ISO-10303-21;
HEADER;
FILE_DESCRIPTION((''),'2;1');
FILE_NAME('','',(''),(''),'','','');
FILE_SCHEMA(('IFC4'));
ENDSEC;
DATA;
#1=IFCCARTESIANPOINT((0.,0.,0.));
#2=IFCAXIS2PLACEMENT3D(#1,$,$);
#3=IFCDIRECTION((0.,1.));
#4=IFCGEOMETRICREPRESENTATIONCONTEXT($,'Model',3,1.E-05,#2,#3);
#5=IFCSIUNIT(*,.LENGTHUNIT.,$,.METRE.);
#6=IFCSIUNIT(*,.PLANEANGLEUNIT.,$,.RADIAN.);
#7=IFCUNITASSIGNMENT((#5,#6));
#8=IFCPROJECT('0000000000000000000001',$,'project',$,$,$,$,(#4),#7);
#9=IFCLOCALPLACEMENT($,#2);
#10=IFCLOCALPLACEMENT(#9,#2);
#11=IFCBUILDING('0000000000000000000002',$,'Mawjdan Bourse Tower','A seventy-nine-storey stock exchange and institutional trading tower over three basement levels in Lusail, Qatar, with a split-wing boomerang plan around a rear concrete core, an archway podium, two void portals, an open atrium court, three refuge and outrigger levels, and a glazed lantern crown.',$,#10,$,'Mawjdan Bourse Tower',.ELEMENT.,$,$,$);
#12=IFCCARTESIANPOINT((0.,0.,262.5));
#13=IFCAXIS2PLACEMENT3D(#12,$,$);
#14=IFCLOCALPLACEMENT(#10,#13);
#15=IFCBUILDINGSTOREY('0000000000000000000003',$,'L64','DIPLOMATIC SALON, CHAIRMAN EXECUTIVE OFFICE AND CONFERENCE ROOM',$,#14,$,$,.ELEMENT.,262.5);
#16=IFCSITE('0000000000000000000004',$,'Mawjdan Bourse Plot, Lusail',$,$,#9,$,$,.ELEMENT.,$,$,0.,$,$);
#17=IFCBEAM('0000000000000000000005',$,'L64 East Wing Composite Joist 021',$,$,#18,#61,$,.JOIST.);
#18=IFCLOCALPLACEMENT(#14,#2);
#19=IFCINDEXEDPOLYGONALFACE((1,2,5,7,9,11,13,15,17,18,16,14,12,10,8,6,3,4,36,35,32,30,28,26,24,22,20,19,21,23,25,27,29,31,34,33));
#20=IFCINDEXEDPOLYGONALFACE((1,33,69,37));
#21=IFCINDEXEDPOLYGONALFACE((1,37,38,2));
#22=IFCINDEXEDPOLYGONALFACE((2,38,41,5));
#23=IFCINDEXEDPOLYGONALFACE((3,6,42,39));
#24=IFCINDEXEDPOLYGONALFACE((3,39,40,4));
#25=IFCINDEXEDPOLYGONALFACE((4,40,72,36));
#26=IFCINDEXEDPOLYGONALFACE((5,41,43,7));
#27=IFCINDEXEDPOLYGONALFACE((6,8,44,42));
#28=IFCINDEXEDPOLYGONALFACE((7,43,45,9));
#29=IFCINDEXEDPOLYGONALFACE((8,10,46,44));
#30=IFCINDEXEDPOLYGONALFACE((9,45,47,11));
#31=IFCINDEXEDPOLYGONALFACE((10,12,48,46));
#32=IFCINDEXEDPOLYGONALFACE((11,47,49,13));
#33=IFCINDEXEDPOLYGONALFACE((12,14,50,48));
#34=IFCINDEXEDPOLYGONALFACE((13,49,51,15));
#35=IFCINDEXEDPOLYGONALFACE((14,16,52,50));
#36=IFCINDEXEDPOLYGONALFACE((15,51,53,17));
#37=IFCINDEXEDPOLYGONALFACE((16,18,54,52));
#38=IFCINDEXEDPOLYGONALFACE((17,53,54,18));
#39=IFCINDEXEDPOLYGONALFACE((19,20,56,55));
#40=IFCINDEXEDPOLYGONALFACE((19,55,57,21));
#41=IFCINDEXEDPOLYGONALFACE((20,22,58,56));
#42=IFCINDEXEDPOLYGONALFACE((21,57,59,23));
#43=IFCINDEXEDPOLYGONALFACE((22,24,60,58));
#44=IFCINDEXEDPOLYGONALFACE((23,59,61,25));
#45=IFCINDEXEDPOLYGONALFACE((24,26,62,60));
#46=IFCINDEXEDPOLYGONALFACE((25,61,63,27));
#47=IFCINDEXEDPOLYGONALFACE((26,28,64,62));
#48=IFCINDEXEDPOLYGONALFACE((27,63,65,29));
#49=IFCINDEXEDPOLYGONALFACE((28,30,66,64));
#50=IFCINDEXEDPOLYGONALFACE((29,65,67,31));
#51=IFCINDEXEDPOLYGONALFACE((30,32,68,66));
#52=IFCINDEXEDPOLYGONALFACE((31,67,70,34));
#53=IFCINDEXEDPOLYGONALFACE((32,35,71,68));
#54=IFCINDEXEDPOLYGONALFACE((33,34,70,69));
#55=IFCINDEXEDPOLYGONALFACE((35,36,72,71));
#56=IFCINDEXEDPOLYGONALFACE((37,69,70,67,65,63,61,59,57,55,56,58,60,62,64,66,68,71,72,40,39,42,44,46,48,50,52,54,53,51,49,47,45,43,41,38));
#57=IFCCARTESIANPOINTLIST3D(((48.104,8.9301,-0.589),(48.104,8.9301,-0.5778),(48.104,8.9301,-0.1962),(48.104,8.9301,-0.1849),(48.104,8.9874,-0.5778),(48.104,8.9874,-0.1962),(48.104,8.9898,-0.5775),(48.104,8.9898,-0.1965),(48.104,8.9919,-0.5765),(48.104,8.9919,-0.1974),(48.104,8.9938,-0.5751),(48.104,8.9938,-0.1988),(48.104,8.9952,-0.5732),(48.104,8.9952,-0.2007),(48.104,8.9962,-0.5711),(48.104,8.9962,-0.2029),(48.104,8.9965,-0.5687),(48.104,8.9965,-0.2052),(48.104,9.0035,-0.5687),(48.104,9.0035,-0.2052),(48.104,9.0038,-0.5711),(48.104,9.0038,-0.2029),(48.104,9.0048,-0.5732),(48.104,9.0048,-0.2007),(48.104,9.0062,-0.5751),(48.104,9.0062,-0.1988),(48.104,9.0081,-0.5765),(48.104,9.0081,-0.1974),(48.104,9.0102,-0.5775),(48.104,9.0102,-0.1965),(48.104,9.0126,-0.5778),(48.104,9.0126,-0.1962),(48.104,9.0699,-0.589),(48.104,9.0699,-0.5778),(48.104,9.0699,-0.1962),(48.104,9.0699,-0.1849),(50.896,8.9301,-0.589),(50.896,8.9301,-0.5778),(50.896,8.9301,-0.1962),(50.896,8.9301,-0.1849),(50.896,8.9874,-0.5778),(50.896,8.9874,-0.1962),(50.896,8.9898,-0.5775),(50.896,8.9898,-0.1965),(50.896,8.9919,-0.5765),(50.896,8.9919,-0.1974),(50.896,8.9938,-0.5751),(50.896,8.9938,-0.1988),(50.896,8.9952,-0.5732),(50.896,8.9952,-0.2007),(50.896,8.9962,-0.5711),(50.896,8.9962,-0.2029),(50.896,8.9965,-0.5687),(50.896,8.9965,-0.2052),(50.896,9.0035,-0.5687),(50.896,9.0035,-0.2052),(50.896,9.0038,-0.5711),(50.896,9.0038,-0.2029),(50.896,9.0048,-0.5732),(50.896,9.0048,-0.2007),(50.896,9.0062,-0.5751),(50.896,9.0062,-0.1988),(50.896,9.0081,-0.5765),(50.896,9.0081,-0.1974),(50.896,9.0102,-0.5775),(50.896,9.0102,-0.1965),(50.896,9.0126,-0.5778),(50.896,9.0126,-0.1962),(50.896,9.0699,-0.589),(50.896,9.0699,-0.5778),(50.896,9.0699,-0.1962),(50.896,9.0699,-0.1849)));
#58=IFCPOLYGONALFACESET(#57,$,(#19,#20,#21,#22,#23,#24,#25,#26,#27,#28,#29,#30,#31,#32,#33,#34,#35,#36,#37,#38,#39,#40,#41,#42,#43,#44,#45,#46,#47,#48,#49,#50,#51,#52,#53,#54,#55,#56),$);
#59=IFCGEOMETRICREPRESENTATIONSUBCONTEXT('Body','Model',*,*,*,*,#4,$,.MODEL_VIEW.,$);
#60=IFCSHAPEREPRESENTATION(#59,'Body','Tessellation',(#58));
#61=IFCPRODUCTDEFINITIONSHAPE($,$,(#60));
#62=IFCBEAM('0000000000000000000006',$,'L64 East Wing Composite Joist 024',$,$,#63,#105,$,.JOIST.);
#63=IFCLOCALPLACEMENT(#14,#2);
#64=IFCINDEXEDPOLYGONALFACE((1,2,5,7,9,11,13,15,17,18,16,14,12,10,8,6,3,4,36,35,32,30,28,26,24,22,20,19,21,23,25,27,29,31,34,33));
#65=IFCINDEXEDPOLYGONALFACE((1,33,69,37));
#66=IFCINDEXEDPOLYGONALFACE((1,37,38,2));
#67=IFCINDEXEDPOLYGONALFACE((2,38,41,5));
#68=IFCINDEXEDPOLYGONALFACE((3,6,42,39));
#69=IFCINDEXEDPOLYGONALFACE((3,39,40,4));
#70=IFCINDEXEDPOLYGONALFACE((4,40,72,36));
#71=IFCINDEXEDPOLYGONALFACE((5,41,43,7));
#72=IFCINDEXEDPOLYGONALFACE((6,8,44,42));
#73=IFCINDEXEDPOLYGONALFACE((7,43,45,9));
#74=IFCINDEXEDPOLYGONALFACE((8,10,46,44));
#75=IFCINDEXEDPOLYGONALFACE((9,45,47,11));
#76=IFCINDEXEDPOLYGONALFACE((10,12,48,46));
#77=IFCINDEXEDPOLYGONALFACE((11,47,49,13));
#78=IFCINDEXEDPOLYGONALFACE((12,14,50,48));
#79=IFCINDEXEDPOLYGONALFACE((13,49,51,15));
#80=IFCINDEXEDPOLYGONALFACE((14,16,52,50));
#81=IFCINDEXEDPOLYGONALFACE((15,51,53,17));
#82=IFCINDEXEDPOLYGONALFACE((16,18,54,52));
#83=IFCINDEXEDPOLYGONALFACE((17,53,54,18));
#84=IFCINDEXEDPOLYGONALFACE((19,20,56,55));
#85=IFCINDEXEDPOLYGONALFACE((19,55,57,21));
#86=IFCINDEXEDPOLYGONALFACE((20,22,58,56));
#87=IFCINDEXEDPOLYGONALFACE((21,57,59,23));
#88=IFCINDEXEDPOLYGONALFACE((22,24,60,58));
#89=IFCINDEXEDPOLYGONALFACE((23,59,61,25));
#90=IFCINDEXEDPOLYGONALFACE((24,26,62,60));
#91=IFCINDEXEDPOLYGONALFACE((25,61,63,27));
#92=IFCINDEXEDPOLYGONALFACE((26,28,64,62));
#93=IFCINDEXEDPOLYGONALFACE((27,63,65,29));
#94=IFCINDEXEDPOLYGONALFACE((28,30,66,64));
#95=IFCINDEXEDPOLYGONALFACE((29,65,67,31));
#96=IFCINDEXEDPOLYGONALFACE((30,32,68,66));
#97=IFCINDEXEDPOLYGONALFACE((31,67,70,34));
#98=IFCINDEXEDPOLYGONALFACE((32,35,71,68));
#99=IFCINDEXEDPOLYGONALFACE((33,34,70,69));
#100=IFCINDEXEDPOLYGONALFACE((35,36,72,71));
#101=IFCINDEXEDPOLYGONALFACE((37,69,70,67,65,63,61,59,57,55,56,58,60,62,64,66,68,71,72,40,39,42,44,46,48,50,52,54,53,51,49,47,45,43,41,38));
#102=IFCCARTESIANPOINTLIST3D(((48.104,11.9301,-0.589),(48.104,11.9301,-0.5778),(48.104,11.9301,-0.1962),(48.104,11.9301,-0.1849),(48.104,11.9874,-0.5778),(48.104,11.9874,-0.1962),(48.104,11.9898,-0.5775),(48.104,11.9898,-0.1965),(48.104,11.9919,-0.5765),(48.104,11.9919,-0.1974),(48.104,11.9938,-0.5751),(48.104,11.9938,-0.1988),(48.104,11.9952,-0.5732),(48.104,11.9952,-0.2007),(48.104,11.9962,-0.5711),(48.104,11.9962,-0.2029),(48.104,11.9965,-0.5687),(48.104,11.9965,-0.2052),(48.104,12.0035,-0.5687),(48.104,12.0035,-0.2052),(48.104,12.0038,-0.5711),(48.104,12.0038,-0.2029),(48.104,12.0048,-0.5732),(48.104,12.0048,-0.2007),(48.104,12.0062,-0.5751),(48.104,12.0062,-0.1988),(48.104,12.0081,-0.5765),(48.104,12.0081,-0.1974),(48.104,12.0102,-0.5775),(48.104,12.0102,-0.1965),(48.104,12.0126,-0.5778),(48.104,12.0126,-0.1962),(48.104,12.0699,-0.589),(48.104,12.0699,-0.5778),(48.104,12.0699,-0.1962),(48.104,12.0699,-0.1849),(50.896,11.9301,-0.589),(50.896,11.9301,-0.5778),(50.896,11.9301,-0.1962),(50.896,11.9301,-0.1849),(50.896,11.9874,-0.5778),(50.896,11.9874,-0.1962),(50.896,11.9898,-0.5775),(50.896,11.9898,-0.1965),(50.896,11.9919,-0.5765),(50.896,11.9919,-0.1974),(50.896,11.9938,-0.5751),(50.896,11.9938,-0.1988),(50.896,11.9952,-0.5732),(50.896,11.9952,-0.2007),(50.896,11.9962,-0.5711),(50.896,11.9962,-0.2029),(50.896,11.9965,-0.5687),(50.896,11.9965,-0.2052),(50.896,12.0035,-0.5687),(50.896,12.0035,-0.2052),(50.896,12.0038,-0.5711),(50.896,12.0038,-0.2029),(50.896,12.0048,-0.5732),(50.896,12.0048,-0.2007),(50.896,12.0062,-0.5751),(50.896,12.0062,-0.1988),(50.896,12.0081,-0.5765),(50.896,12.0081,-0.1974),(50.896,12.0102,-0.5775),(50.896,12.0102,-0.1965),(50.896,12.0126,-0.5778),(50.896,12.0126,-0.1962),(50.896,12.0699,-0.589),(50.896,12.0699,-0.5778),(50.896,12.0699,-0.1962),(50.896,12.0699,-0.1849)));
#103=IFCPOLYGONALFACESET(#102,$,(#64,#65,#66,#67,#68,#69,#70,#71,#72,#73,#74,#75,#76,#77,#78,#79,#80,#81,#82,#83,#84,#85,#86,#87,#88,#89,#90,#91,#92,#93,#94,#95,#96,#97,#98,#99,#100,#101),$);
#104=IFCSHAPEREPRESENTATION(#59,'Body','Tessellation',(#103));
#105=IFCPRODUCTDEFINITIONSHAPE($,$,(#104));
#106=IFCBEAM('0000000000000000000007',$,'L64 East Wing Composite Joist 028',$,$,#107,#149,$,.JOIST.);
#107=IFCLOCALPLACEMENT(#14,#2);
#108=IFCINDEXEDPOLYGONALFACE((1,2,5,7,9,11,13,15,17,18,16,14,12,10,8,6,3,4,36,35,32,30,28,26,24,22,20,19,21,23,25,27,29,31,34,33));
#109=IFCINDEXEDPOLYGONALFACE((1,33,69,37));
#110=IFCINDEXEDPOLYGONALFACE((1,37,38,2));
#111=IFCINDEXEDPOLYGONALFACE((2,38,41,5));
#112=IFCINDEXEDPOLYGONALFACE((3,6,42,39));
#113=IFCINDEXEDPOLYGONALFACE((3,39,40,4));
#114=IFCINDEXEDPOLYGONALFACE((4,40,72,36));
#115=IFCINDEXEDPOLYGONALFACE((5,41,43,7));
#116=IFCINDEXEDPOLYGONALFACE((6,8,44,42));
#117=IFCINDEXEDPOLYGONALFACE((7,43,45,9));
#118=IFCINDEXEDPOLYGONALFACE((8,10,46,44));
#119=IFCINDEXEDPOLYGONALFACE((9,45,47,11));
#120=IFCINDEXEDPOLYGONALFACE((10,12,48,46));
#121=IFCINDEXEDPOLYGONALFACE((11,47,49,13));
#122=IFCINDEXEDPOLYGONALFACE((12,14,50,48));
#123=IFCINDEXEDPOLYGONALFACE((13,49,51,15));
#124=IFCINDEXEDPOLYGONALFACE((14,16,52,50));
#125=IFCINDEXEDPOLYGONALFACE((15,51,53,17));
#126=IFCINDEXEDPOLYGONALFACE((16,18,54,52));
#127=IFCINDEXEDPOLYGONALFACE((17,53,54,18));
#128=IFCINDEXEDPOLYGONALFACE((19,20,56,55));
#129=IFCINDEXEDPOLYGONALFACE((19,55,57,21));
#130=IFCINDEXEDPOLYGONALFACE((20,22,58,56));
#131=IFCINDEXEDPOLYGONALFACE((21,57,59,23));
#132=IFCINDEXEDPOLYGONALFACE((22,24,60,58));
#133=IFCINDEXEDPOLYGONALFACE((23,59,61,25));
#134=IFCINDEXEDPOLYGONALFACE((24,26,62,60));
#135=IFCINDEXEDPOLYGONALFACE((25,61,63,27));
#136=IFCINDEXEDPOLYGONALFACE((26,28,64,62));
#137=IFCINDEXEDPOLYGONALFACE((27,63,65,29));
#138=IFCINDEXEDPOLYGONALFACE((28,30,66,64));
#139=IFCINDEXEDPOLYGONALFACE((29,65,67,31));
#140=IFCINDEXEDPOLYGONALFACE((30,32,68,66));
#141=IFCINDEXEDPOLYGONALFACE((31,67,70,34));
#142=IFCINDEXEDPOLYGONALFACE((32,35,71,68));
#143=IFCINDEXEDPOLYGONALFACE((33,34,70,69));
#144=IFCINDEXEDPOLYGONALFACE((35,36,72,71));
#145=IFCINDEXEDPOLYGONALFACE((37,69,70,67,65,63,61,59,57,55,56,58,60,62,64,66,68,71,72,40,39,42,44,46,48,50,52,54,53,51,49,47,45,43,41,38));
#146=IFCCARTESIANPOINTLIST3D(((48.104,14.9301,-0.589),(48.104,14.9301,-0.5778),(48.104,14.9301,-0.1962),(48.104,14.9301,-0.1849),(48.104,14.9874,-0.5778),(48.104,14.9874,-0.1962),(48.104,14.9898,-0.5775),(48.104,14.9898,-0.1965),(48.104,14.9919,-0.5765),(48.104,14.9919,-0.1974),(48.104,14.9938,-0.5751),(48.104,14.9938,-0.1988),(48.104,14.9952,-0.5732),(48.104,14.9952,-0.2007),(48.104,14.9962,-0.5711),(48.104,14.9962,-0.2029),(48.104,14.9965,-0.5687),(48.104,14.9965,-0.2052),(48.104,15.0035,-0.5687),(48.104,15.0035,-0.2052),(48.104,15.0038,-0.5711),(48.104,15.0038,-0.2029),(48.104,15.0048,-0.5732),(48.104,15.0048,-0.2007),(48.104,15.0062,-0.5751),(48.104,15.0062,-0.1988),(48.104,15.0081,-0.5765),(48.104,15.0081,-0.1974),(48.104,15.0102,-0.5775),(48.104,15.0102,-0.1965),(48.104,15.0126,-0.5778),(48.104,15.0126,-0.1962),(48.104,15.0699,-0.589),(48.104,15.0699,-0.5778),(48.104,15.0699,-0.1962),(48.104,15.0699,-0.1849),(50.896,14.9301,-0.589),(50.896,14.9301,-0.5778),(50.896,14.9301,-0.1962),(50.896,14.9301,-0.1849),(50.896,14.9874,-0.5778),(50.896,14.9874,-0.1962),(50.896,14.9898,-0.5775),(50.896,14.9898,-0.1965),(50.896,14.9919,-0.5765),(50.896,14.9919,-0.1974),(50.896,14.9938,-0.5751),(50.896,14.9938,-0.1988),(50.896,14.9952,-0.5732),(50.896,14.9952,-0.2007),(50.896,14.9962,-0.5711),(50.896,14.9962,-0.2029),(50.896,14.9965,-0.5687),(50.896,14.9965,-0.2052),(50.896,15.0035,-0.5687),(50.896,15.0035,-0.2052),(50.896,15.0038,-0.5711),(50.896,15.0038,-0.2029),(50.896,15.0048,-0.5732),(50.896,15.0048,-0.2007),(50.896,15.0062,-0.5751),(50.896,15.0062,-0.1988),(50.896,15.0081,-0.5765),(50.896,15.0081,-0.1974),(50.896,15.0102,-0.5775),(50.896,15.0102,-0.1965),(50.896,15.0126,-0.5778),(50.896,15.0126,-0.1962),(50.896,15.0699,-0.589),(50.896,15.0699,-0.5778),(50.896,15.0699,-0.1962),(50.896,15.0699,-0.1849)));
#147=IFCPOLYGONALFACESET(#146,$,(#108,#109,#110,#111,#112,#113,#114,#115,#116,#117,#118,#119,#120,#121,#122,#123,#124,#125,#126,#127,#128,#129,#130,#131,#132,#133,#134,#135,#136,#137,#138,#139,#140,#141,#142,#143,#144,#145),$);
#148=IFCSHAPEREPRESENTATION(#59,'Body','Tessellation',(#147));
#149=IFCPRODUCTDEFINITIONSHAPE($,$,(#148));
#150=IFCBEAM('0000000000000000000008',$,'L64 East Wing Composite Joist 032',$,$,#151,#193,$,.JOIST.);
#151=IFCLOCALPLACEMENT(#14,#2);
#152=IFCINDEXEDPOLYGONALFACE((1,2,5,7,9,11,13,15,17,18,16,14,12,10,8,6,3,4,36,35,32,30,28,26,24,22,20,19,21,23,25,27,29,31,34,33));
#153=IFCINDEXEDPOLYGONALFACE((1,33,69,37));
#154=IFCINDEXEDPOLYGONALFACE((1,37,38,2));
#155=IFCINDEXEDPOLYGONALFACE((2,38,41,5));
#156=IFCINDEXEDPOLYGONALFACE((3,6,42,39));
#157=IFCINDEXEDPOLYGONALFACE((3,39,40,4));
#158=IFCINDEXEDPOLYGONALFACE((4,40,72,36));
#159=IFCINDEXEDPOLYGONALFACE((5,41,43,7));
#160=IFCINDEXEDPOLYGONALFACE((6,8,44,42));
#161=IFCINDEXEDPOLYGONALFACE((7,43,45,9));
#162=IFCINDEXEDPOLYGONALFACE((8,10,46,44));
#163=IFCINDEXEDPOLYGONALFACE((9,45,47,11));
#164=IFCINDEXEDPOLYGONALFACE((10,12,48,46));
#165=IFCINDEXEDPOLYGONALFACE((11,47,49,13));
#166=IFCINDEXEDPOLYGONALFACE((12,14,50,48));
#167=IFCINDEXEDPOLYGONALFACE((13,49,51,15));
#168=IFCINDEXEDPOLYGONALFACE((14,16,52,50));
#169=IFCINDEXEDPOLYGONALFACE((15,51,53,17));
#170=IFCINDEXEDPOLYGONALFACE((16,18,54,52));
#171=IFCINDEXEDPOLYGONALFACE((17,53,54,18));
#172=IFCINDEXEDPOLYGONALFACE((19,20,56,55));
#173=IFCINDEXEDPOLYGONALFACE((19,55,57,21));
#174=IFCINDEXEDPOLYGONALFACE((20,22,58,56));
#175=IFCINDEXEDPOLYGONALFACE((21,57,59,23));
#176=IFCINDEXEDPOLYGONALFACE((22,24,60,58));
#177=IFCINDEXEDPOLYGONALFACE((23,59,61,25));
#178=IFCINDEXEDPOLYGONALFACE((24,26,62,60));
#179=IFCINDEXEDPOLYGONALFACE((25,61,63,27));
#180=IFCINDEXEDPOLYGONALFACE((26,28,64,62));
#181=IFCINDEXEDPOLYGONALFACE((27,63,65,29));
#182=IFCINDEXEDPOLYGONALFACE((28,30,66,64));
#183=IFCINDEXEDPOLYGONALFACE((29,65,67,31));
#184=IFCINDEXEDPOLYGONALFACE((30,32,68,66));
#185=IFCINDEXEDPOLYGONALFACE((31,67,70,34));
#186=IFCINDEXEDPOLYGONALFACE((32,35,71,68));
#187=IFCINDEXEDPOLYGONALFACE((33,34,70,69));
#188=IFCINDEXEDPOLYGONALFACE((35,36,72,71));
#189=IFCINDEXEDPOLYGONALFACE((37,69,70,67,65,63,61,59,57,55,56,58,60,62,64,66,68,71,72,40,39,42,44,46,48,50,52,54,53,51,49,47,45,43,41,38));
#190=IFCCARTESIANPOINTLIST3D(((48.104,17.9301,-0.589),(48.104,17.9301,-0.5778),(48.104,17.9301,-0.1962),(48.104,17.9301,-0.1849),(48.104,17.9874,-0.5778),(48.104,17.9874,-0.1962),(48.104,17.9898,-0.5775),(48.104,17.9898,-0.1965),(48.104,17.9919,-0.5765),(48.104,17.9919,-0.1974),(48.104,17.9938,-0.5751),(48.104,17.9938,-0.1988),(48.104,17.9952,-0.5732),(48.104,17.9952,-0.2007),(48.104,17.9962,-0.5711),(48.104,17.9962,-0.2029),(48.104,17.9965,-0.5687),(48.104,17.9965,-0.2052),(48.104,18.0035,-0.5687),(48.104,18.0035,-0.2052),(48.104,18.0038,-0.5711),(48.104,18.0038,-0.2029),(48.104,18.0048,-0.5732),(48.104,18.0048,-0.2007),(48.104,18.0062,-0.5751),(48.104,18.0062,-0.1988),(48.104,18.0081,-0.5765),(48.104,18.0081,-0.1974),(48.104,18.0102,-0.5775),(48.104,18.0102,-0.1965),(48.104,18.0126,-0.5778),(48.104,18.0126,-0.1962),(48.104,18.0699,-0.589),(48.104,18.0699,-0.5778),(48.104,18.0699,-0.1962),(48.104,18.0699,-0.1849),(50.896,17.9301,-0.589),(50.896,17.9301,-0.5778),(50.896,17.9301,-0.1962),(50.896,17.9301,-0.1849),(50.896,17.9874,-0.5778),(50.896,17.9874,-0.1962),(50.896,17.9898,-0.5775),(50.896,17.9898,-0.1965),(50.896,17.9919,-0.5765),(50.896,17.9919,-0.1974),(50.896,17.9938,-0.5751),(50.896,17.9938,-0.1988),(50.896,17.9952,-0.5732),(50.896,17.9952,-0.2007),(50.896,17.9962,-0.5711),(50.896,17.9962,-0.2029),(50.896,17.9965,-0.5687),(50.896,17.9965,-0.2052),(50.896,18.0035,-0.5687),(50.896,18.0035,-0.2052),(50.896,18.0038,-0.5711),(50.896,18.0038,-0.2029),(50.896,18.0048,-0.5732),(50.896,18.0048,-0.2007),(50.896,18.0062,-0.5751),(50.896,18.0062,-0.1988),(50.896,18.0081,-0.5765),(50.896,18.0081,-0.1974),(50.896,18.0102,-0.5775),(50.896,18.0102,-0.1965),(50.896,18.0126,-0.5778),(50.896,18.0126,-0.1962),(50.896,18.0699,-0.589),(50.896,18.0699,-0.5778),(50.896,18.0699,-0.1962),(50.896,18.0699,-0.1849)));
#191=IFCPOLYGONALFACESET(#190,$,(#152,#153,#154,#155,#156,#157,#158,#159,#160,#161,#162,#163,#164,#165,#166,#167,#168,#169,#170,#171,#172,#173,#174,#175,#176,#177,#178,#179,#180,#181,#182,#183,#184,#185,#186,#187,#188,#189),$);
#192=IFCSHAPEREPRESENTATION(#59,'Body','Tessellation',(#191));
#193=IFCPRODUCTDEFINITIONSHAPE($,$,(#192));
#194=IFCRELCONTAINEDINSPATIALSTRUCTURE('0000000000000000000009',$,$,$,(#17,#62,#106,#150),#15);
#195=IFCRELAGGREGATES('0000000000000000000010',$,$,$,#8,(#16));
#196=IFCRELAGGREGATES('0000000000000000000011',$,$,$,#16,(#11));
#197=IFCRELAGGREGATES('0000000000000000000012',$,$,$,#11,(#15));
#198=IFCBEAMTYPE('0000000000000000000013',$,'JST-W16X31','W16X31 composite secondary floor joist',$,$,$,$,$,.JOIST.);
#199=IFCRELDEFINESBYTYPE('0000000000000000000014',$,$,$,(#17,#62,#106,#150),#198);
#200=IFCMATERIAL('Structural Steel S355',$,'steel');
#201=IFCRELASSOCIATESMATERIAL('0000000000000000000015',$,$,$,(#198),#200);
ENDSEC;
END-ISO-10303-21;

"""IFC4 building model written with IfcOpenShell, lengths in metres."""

from ifc_helpers import new_model, si_unit, direction, frame, origin, origin_2d, place, context, subcontext, project, spatial, i_section, extrude, material, material_profile, profile_set, type_object, element, save


model = new_model("IFC4")

# Units and contexts
model_context = context("Model", 3, precision=1e-05, world=origin(), true_north=direction((0.0, 1.0)))
body_context = subcontext(model_context, "Body", "Model", "MODEL_VIEW")
ifc_project = project(units=[si_unit("LENGTHUNIT", "METRE"), si_unit("PLANEANGLEUNIT", "RADIAN")], contexts=[model_context])

# Site, building, storey
site_placement = place(None, origin())
site = spatial("IfcSite", under=ifc_project, at=site_placement, Name="Mawjdan Bourse Plot, Lusail", CompositionType="ELEMENT", RefElevation=0.0)
building_placement = place(site_placement, origin())
building = spatial("IfcBuilding", under=site, at=building_placement, Name="Mawjdan Bourse Tower", Description="A seventy-nine-storey stock exchange and institutional trading tower over three basement levels in Lusail, Qatar, with a split-wing boomerang plan around a rear concrete core, an archway podium, two void portals, an open atrium court, three refuge and outrigger levels, and a glazed lantern crown.", LongName="Mawjdan Bourse Tower", CompositionType="ELEMENT")
storey_placement = place(building_placement, frame((0.0, 0.0, 262.5)))
storey = spatial("IfcBuildingStorey", under=building, at=storey_placement, Name="L64", Description="DIPLOMATIC SALON, CHAIRMAN EXECUTIVE OFFICE AND CONFERENCE ROOM", CompositionType="ELEMENT", Elevation=262.5)

# Beams
ifc_material_1 = material(Name="Structural Steel S355", Category="steel")
ifc_material_profile_1 = material_profile(ifc_material_1, i_section(OverallWidth=0.1399, OverallDepth=0.4041, WebThickness=0.0071, FlangeThickness=0.0112, FilletRadius=0.009, at=origin_2d()), Name="W16X31")
ifc_profile_set_1 = profile_set([ifc_material_profile_1], Name="Structural Steel S355")
beam_type_1 = type_object("IfcBeamType", Name="JST-W16X31", Description="W16X31 composite secondary floor joist", PredefinedType="JOIST", material=ifc_profile_set_1)
for number, where, z_axis, x_axis, name in (
    (1, (48.104, 9.0, -0.387), (1.0, 0.0, 0.0), (0.0, 1.0, 0.0), "L64 East Wing Composite Joist 021"),
    (2, (48.104, 12.0, -0.387), (1.0, 0.0, 0.0), (0.0, 1.0, 0.0), "L64 East Wing Composite Joist 024"),
    (3, (48.104, 15.0, -0.387), (1.0, 0.0, 0.0), (0.0, 1.0, 0.0), "L64 East Wing Composite Joist 028"),
    (4, (48.104, 18.0, -0.387), (1.0, 0.0, 0.0), (0.0, 1.0, 0.0), "L64 East Wing Composite Joist 032"),
):
    element("IfcBeam", number, at=place(storey_placement, frame(where, z_axis=z_axis, x_axis=x_axis)), inside=storey, type_object=beam_type_1, Name=name, PredefinedType="JOIST", context=body_context, shape_type="SweptSolid", body=[
        extrude(i_section(OverallWidth=0.1399, OverallDepth=0.4041, WebThickness=0.0071, FlangeThickness=0.0112, FilletRadius=0.009, at=origin_2d()), origin(), (0.0, 0.0, 1.0), 2.792),
    ])

save(model, "model.ifc")
